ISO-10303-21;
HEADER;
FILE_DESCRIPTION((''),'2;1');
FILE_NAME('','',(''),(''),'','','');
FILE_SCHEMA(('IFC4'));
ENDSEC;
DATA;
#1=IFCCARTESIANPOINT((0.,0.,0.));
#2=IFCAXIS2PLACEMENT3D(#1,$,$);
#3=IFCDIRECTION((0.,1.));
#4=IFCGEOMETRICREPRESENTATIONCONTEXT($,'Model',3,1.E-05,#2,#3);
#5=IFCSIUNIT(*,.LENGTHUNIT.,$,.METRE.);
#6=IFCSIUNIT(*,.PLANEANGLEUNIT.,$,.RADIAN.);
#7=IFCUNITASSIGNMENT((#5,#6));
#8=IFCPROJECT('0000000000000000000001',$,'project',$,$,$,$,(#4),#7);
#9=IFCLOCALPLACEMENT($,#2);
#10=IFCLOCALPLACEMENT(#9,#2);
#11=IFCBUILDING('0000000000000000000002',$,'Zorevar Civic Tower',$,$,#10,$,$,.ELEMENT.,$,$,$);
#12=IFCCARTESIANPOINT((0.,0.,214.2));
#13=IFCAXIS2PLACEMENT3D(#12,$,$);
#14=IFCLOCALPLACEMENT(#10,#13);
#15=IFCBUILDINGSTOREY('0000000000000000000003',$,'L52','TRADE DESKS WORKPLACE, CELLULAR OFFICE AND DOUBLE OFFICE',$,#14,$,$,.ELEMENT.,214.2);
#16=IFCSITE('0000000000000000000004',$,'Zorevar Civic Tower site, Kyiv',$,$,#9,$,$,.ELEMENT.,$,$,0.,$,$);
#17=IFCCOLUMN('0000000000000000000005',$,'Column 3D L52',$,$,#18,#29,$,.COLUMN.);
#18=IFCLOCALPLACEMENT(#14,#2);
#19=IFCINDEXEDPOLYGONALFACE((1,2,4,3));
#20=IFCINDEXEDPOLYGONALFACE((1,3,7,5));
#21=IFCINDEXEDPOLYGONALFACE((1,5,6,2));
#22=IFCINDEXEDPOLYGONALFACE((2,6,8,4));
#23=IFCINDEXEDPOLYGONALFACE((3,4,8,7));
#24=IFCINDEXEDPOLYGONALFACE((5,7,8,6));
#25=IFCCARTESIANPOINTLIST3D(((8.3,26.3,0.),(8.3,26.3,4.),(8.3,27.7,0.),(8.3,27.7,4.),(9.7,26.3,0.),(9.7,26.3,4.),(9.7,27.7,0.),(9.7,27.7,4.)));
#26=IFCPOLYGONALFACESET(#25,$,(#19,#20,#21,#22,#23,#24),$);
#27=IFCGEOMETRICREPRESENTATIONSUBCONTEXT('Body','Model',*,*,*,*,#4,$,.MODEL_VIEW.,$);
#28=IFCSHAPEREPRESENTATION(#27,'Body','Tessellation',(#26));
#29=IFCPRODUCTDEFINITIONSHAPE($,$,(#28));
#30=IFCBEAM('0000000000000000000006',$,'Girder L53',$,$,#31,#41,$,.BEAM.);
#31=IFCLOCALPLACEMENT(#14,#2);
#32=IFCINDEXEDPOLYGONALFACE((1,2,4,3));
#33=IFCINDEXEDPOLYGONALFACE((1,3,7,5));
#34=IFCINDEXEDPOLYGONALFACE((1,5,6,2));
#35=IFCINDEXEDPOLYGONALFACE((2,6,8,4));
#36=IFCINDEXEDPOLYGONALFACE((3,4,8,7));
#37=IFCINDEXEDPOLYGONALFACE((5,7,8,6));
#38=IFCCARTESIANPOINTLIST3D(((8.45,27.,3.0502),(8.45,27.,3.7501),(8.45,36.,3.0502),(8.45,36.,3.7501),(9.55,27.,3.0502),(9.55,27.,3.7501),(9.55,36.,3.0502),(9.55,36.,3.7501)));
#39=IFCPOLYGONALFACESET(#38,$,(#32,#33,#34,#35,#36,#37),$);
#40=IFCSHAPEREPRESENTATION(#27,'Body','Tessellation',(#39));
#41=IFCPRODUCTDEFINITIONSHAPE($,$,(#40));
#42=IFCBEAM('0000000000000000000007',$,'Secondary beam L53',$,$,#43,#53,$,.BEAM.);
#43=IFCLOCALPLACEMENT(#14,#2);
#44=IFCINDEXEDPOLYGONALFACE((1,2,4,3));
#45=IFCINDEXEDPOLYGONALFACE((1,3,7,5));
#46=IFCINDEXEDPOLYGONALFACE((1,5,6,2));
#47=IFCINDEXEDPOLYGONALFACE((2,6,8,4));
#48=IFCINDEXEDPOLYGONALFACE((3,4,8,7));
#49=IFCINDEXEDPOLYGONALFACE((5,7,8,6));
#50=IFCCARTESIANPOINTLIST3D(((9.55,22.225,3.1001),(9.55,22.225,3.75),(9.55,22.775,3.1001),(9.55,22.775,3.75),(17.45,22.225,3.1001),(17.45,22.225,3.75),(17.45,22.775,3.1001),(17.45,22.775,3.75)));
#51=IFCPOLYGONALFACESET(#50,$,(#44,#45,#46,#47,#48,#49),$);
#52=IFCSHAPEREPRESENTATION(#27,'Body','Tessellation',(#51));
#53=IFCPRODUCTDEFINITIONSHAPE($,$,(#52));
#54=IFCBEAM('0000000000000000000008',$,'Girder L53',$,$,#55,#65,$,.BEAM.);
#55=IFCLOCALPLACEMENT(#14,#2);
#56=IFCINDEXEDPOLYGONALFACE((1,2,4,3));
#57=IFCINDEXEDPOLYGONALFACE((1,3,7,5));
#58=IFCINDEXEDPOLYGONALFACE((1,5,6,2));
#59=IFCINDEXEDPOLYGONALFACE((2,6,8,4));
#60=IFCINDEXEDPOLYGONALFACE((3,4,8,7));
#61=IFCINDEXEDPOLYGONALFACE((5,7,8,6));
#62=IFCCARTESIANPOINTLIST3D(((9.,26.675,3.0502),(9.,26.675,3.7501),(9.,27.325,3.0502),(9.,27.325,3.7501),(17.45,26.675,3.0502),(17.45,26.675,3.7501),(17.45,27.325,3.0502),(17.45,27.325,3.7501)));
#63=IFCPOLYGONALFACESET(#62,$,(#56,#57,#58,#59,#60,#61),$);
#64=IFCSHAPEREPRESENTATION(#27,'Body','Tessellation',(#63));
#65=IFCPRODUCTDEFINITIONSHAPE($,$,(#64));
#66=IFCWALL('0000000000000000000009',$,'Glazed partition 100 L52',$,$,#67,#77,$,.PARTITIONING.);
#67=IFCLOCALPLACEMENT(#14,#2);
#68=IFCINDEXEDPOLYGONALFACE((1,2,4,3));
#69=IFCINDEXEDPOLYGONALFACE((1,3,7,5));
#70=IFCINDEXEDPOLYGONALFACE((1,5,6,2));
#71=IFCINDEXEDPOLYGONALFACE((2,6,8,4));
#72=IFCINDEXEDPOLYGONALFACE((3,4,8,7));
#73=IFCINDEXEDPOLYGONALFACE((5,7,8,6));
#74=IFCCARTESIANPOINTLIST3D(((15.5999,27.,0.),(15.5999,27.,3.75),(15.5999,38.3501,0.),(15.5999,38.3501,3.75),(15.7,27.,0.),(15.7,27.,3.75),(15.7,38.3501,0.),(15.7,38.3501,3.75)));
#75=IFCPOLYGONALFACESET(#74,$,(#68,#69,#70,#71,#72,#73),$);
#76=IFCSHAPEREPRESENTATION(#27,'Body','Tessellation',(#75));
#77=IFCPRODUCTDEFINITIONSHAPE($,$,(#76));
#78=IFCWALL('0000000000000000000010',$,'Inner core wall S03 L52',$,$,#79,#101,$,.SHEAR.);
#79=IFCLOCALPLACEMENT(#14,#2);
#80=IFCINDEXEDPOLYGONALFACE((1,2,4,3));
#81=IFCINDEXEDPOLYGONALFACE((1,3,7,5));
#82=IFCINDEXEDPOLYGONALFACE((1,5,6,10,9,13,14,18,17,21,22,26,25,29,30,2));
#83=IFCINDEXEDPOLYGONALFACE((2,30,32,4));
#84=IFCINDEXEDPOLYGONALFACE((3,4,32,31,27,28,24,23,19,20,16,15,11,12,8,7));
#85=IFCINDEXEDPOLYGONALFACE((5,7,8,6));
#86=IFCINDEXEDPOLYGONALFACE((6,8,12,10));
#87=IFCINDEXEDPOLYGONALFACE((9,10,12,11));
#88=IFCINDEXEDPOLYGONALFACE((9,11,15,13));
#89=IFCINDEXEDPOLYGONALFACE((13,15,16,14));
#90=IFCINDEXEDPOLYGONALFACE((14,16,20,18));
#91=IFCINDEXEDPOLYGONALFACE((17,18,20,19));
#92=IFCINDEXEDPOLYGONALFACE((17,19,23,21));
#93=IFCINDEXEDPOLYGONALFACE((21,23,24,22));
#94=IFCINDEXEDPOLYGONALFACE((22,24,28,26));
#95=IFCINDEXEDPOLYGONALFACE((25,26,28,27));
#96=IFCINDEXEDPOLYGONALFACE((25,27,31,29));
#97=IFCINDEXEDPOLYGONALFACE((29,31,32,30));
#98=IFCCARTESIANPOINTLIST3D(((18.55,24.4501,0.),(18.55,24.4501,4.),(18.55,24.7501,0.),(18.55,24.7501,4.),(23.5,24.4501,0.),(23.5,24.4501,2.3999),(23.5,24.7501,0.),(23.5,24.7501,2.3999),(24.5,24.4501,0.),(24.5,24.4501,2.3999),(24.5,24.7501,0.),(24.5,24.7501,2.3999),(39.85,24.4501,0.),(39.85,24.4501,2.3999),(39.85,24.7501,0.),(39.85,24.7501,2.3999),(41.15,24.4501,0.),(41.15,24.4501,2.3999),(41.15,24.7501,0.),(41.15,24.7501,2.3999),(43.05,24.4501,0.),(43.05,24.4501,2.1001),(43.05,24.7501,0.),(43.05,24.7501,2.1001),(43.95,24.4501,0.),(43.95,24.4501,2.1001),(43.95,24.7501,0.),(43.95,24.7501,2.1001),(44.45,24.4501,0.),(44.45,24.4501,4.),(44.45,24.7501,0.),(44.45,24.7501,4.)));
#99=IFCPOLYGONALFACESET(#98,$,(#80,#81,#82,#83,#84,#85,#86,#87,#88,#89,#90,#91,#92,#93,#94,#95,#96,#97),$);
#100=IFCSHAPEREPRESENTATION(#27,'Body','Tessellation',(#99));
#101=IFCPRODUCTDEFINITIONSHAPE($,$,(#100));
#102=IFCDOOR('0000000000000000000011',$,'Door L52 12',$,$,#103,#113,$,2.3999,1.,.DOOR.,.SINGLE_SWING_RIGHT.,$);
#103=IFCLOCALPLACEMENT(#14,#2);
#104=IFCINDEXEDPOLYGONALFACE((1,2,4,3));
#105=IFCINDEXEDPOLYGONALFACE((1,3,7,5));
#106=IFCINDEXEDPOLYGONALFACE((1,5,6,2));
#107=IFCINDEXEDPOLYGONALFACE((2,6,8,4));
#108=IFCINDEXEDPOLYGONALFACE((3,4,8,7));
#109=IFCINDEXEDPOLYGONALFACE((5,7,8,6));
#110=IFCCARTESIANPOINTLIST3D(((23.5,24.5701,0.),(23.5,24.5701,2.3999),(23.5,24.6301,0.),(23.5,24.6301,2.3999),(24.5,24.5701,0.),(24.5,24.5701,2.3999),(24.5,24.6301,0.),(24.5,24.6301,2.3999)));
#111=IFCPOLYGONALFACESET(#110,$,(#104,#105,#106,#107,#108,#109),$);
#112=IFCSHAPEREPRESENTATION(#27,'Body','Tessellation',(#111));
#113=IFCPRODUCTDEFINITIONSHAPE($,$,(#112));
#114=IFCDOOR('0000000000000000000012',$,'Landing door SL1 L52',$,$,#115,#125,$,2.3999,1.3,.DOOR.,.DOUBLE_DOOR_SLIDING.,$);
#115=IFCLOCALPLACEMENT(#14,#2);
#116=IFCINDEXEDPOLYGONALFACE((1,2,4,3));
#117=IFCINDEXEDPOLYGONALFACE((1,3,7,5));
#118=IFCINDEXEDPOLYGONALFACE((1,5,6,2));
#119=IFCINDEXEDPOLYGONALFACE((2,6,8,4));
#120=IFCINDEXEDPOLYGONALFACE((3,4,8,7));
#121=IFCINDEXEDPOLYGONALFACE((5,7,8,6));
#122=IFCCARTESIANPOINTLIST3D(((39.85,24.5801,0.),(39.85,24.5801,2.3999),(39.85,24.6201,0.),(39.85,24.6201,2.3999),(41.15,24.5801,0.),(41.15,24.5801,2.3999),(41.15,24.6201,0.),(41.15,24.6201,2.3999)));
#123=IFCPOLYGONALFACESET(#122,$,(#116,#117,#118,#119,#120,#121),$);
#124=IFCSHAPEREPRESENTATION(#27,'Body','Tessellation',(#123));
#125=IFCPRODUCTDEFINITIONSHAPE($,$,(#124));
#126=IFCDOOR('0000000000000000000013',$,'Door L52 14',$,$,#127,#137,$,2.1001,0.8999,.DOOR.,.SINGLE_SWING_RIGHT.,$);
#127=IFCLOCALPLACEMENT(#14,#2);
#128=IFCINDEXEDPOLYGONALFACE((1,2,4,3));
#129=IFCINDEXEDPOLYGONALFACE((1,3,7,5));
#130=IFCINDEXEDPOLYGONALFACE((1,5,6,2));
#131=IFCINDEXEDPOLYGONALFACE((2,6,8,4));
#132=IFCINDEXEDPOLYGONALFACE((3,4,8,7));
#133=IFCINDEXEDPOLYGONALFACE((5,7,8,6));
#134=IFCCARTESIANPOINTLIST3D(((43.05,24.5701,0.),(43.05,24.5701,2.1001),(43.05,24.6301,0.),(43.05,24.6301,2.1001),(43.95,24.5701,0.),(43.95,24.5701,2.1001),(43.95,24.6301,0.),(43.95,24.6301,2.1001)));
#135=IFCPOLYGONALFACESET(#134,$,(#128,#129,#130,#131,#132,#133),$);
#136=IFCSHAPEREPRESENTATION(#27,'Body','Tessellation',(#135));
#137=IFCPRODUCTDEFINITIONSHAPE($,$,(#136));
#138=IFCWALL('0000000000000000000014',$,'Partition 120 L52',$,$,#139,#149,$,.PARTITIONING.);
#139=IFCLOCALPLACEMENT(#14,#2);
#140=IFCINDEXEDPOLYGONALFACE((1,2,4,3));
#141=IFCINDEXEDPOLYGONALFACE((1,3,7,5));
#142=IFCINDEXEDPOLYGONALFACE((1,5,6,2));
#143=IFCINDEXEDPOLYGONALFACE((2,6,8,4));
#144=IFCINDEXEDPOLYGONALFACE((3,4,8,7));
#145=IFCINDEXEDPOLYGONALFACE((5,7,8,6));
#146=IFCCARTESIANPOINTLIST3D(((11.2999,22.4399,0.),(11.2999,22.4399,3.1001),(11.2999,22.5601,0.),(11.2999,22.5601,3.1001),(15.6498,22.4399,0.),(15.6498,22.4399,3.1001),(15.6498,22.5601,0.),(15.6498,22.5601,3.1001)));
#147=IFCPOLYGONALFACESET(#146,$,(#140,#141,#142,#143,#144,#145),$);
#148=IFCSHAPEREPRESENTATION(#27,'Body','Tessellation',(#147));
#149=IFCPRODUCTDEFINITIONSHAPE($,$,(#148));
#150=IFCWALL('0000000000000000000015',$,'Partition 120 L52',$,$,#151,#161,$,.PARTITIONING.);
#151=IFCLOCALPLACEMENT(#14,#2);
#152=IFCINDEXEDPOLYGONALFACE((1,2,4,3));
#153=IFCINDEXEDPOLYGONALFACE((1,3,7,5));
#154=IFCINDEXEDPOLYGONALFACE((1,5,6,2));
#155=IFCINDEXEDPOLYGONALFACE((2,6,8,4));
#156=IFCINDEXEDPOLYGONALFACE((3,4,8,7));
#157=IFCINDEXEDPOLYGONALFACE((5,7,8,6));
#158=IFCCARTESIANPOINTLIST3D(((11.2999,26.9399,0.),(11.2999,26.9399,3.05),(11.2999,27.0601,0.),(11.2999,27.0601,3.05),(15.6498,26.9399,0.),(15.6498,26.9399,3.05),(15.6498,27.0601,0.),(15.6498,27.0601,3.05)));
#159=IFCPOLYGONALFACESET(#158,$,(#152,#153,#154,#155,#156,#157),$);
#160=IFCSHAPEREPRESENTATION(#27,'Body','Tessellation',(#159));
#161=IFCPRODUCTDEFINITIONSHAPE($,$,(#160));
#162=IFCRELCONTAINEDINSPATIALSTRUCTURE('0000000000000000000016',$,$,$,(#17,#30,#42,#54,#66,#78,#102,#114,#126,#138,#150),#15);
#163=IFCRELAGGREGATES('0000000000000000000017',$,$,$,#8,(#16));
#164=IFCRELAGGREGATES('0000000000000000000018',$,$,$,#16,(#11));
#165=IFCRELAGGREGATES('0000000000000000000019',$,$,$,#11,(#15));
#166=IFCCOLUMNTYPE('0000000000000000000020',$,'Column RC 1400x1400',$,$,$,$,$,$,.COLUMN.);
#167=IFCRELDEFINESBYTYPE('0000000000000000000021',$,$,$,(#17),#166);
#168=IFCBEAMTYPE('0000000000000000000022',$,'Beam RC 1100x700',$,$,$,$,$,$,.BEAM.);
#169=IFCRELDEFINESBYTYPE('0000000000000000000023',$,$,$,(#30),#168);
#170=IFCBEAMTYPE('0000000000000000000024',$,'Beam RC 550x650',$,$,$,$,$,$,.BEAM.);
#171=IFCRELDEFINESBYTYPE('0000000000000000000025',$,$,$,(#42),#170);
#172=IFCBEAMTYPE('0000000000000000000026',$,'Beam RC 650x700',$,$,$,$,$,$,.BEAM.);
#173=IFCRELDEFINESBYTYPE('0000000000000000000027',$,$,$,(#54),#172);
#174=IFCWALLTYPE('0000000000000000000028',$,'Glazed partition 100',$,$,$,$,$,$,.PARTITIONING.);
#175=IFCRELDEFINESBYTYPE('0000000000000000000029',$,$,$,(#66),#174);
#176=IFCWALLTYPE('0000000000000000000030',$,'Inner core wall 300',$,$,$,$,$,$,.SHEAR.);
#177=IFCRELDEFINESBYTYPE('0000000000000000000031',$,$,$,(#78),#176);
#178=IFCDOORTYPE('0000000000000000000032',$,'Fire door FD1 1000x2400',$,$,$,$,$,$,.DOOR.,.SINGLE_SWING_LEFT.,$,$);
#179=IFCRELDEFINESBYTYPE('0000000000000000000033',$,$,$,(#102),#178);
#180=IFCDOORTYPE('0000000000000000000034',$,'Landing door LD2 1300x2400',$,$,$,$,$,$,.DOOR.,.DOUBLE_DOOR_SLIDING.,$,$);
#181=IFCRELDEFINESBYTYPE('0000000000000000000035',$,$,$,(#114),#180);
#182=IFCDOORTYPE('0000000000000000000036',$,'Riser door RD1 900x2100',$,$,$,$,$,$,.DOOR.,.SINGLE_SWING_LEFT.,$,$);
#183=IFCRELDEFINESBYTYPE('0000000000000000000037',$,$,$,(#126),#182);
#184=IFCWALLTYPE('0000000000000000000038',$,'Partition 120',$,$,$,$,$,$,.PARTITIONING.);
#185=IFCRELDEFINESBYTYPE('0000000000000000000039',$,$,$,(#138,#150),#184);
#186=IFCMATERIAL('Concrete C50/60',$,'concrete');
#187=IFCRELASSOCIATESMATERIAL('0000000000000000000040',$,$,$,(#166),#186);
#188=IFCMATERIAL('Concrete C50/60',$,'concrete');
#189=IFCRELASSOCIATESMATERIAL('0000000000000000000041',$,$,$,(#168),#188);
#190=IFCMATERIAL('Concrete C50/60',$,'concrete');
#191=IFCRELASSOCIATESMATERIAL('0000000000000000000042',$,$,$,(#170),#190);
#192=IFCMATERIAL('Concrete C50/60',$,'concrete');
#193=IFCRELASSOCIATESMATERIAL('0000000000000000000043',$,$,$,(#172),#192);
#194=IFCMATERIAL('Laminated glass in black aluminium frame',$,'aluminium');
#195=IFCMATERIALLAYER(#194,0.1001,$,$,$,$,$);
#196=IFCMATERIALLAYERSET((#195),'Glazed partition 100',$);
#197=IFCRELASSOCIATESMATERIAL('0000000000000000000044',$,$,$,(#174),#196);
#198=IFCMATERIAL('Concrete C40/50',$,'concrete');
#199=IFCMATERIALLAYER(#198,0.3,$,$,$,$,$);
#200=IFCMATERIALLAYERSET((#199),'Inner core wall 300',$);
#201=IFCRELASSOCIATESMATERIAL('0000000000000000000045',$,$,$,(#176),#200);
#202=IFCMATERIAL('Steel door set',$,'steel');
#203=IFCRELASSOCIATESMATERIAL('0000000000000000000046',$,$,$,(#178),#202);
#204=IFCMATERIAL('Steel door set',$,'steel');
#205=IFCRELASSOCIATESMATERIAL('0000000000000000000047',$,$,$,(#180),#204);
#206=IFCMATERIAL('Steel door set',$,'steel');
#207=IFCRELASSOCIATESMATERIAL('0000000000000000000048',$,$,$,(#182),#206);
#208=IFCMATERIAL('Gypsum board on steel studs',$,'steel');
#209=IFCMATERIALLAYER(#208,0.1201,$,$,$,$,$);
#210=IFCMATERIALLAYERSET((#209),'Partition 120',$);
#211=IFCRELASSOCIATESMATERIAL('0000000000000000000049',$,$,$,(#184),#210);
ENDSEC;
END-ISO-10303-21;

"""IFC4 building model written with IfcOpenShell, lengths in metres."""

from ifc_helpers import new_model, si_unit, direction, frame, frame_2d, origin, origin_2d, place, context, subcontext, project, spatial, rectangle, extrude, material, layer, layer_set, material_profile, profile_set, type_object, element, fill, save


model = new_model("IFC4")

# Units and contexts
model_context = context("Model", 3, precision=1e-05, world=origin(), true_north=direction((0.0, 1.0)))
body_context = subcontext(model_context, "Body", "Model", "MODEL_VIEW")
ifc_project = project(units=[si_unit("LENGTHUNIT", "METRE"), si_unit("PLANEANGLEUNIT", "RADIAN")], contexts=[model_context])

# Site, building, storey
site_placement = place(None, origin())
site = spatial("IfcSite", under=ifc_project, at=site_placement, Name="Zorevar Civic Tower site, Kyiv", CompositionType="ELEMENT", RefElevation=0.0)
building_placement = place(site_placement, origin())
building = spatial("IfcBuilding", under=site, at=building_placement, Name="Zorevar Civic Tower", CompositionType="ELEMENT")
storey_placement = place(building_placement, frame((0.0, 0.0, 214.2)))
storey = spatial("IfcBuildingStorey", under=building, at=storey_placement, Name="L52", Description="TRADE DESKS WORKPLACE, CELLULAR OFFICE AND DOUBLE OFFICE", CompositionType="ELEMENT", Elevation=214.2)

# Column
ifc_material_1 = material(Name="Concrete C50/60", Category="concrete")
ifc_material_profile_1 = material_profile(ifc_material_1, rectangle(XDim=1.3999, YDim=1.3999, at=origin_2d()), Name="RC 1400x1400")
ifc_profile_set_1 = profile_set([ifc_material_profile_1], Name="Concrete C50/60")
column_type = type_object("IfcColumnType", Name="Column RC 1400x1400", PredefinedType="COLUMN", material=ifc_profile_set_1)
column_placement = place(storey_placement, frame((9.0, 27.0, 0.0), z_axis=(0.0, 0.0, 1.0), x_axis=(1.0, 0.0, 0.0)))
element("IfcColumn", 1, at=column_placement, inside=storey, type_object=column_type, Name="Column 3D L52", PredefinedType="COLUMN", context=body_context, shape_type="SweptSolid", body=[
    extrude(rectangle(XDim=1.3999, YDim=1.3999, at=origin_2d()), origin(), (0.0, 0.0, 1.0), 4.0),
])

# Beams
ifc_material_2 = material(Name="Concrete C50/60", Category="concrete")
ifc_material_profile_2 = material_profile(ifc_material_2, rectangle(XDim=1.1001, YDim=0.7, at=origin_2d()), Name="RC 1100x700")
ifc_profile_set_2 = profile_set([ifc_material_profile_2], Name="Concrete C50/60")
beam_type_1 = type_object("IfcBeamType", Name="Beam RC 1100x700", PredefinedType="BEAM", material=ifc_profile_set_2)
beam_1_placement = place(storey_placement, frame((9.0, 27.0, 3.4001), z_axis=(0.0, 1.0, 0.0), x_axis=(-1.0, 0.0, 0.0)))
element("IfcBeam", 2, at=beam_1_placement, inside=storey, type_object=beam_type_1, Name="Girder L53", PredefinedType="BEAM", context=body_context, shape_type="SweptSolid", body=[
    extrude(rectangle(XDim=1.1001, YDim=0.7, at=origin_2d()), origin(), (0.0, 0.0, 1.0), 9.0),
])
ifc_material_3 = material(Name="Concrete C50/60", Category="concrete")
ifc_material_profile_3 = material_profile(ifc_material_3, rectangle(XDim=0.55, YDim=0.6499, at=origin_2d()), Name="RC 550x650")
ifc_profile_set_3 = profile_set([ifc_material_profile_3], Name="Concrete C50/60")
beam_type_2 = type_object("IfcBeamType", Name="Beam RC 550x650", PredefinedType="BEAM", material=ifc_profile_set_3)
beam_2_placement = place(storey_placement, frame((9.55, 22.5, 3.425), z_axis=(1.0, 0.0, 0.0), x_axis=(0.0, 1.0, 0.0)))
element("IfcBeam", 3, at=beam_2_placement, inside=storey, type_object=beam_type_2, Name="Secondary beam L53", PredefinedType="BEAM", context=body_context, shape_type="SweptSolid", body=[
    extrude(rectangle(XDim=0.55, YDim=0.6499, at=origin_2d()), origin(), (0.0, 0.0, 1.0), 7.8999),
])
ifc_material_4 = material(Name="Concrete C50/60", Category="concrete")
ifc_material_profile_4 = material_profile(ifc_material_4, rectangle(XDim=0.6499, YDim=0.7, at=origin_2d()), Name="RC 650x700")
ifc_profile_set_4 = profile_set([ifc_material_profile_4], Name="Concrete C50/60")
beam_type_3 = type_object("IfcBeamType", Name="Beam RC 650x700", PredefinedType="BEAM", material=ifc_profile_set_4)
beam_3_placement = place(storey_placement, frame((9.0, 27.0, 3.4001), z_axis=(1.0, 0.0, 0.0), x_axis=(0.0, 1.0, 0.0)))
element("IfcBeam", 4, at=beam_3_placement, inside=storey, type_object=beam_type_3, Name="Girder L53", PredefinedType="BEAM", context=body_context, shape_type="SweptSolid", body=[
    extrude(rectangle(XDim=0.6499, YDim=0.7, at=origin_2d()), origin(), (0.0, 0.0, 1.0), 8.45),
])

# Wall
ifc_material_5 = material(Name="Laminated glass in black aluminium frame", Category="aluminium")
ifc_layer_1 = layer(ifc_material_5, 0.1001)
ifc_layer_set_1 = layer_set([ifc_layer_1], Name="Glazed partition 100")
wall_type_1 = type_object("IfcWallType", Name="Glazed partition 100", PredefinedType="PARTITIONING", material=ifc_layer_set_1)
wall_1_placement = place(storey_placement, frame((15.6499, 27.0, 0.0), z_axis=(0.0, 0.0, 1.0), x_axis=(0.0, 1.0, 0.0)))
element("IfcWall", 5, at=wall_1_placement, inside=storey, type_object=wall_type_1, Name="Glazed partition 100 L52", PredefinedType="PARTITIONING", context=body_context, shape_type="SweptSolid", body=[
    extrude(rectangle(XDim=11.3501, YDim=0.1001, at=frame_2d((5.675, 0.0))), origin(), (0.0, 0.0, 1.0), 3.75),
])

# Wall, openings, doors
ifc_material_6 = material(Name="Concrete C40/50", Category="concrete")
ifc_layer_2 = layer(ifc_material_6, 0.3)
ifc_layer_set_2 = layer_set([ifc_layer_2], Name="Inner core wall 300")
wall_type_2 = type_object("IfcWallType", Name="Inner core wall 300", PredefinedType="SHEAR", material=ifc_layer_set_2)
wall_2_placement = place(storey_placement, frame((18.55, 24.6001, 0.0), z_axis=(0.0, 0.0, 1.0), x_axis=(1.0, 0.0, 0.0)))
wall_2 = element("IfcWall", 6, at=wall_2_placement, inside=storey, type_object=wall_type_2, Name="Inner core wall S03 L52", PredefinedType="SHEAR", context=body_context, shape_type="SweptSolid", body=[
    extrude(rectangle(XDim=25.8999, YDim=0.3, at=frame_2d((12.95, 0.0))), origin(), (0.0, 0.0, 1.0), 4.0),
])
opening_1_placement = place(wall_2_placement, frame((4.95, 0.0, 0.0)))
opening_1 = element("IfcOpeningElement", 7, at=opening_1_placement, cuts=wall_2, PredefinedType="OPENING", context=body_context, shape_type="SweptSolid", body=[
    extrude(rectangle(XDim=1.0, YDim=2.3999, at=frame_2d((0.5, 1.2))), frame((0.0, 0.1599, 0.0), z_axis=(0.0, -1.0, 0.0), x_axis=(1.0, 0.0, 0.0)), (0.0, 0.0, 1.0), 0.3201),
])
opening_2_placement = place(wall_2_placement, frame((24.5, 0.0, 0.0)))
opening_2 = element("IfcOpeningElement", 8, at=opening_2_placement, cuts=wall_2, PredefinedType="OPENING", context=body_context, shape_type="SweptSolid", body=[
    extrude(rectangle(XDim=0.8999, YDim=2.1001, at=frame_2d((0.45, 1.05))), frame((0.0, 0.1599, 0.0), z_axis=(0.0, -1.0, 0.0), x_axis=(1.0, 0.0, 0.0)), (0.0, 0.0, 1.0), 0.3201),
])
opening_3_placement = place(wall_2_placement, frame((21.3, 0.0, 0.0)))
opening_3 = element("IfcOpeningElement", 9, at=opening_3_placement, cuts=wall_2, PredefinedType="OPENING", context=body_context, shape_type="SweptSolid", body=[
    extrude(rectangle(XDim=1.3, YDim=2.3999, at=frame_2d((0.6499, 1.2))), frame((0.0, 0.1599, 0.0), z_axis=(0.0, -1.0, 0.0), x_axis=(1.0, 0.0, 0.0)), (0.0, 0.0, 1.0), 0.3201),
])
ifc_material_7 = material(Name="Steel door set", Category="steel")
door_type_1 = type_object("IfcDoorType", Name="Fire door FD1 1000x2400", OperationType="SINGLE_SWING_LEFT", PredefinedType="DOOR", material=ifc_material_7)
door_1_placement = place(opening_1_placement, origin())
door_1 = element("IfcDoor", 10, at=door_1_placement, inside=storey, type_object=door_type_1, Name="Door L52 12", OperationType="SINGLE_SWING_RIGHT", OverallHeight=2.3999, OverallWidth=1.0, PredefinedType="DOOR", context=body_context, shape_type="SweptSolid", body=[
    extrude(rectangle(XDim=1.0, YDim=2.3999, at=frame_2d((0.5, 1.2))), frame((0.0, 0.03, 0.0), z_axis=(0.0, -1.0, 0.0), x_axis=(1.0, 0.0, 0.0)), (0.0, 0.0, 1.0), 0.0601),
])
fill(opening_1, door_1)
ifc_material_8 = material(Name="Steel door set", Category="steel")
door_type_2 = type_object("IfcDoorType", Name="Landing door LD2 1300x2400", OperationType="DOUBLE_DOOR_SLIDING", PredefinedType="DOOR", material=ifc_material_8)
door_2_placement = place(opening_3_placement, origin())
door_2 = element("IfcDoor", 11, at=door_2_placement, inside=storey, type_object=door_type_2, Name="Landing door SL1 L52", OperationType="DOUBLE_DOOR_SLIDING", OverallHeight=2.3999, OverallWidth=1.3, PredefinedType="DOOR", context=body_context, shape_type="SweptSolid", body=[
    extrude(rectangle(XDim=1.3, YDim=2.3999, at=frame_2d((0.6499, 1.2))), frame((0.0, 0.02, 0.0), z_axis=(0.0, -1.0, 0.0), x_axis=(1.0, 0.0, 0.0)), (0.0, 0.0, 1.0), 0.04),
])
fill(opening_3, door_2)
ifc_material_9 = material(Name="Steel door set", Category="steel")
door_type_3 = type_object("IfcDoorType", Name="Riser door RD1 900x2100", OperationType="SINGLE_SWING_LEFT", PredefinedType="DOOR", material=ifc_material_9)
door_3_placement = place(opening_2_placement, origin())
door_3 = element("IfcDoor", 12, at=door_3_placement, inside=storey, type_object=door_type_3, Name="Door L52 14", OperationType="SINGLE_SWING_RIGHT", OverallHeight=2.1001, OverallWidth=0.8999, PredefinedType="DOOR", context=body_context, shape_type="SweptSolid", body=[
    extrude(rectangle(XDim=0.8999, YDim=2.1001, at=frame_2d((0.45, 1.05))), frame((0.0, 0.03, 0.0), z_axis=(0.0, -1.0, 0.0), x_axis=(1.0, 0.0, 0.0)), (0.0, 0.0, 1.0), 0.0601),
])
fill(opening_2, door_3)

# Walls
ifc_material_10 = material(Name="Gypsum board on steel studs", Category="steel")
ifc_layer_3 = layer(ifc_material_10, 0.1201)
ifc_layer_set_3 = layer_set([ifc_layer_3], Name="Partition 120")
wall_type_3 = type_object("IfcWallType", Name="Partition 120", PredefinedType="PARTITIONING", material=ifc_layer_set_3)
wall_3_placement = place(storey_placement, frame((11.3, 22.5, 0.0), z_axis=(0.0, 0.0, 1.0), x_axis=(1.0, 0.0, 0.0)))
element("IfcWall", 13, at=wall_3_placement, inside=storey, type_object=wall_type_3, Name="Partition 120 L52", PredefinedType="PARTITIONING", context=body_context, shape_type="SweptSolid", body=[
    extrude(rectangle(XDim=4.3499, YDim=0.1201, at=frame_2d((2.1748, 0.0))), origin(), (0.0, 0.0, 1.0), 3.1001),
])
wall_4_placement = place(storey_placement, frame((11.3, 27.0, 0.0), z_axis=(0.0, 0.0, 1.0), x_axis=(1.0, 0.0, 0.0)))
element("IfcWall", 14, at=wall_4_placement, inside=storey, type_object=wall_type_3, Name="Partition 120 L52", PredefinedType="PARTITIONING", context=body_context, shape_type="SweptSolid", body=[
    extrude(rectangle(XDim=4.3499, YDim=0.1201, at=frame_2d((2.1748, 0.0))), origin(), (0.0, 0.0, 1.0), 3.05),
])

save(model, "model.ifc")
